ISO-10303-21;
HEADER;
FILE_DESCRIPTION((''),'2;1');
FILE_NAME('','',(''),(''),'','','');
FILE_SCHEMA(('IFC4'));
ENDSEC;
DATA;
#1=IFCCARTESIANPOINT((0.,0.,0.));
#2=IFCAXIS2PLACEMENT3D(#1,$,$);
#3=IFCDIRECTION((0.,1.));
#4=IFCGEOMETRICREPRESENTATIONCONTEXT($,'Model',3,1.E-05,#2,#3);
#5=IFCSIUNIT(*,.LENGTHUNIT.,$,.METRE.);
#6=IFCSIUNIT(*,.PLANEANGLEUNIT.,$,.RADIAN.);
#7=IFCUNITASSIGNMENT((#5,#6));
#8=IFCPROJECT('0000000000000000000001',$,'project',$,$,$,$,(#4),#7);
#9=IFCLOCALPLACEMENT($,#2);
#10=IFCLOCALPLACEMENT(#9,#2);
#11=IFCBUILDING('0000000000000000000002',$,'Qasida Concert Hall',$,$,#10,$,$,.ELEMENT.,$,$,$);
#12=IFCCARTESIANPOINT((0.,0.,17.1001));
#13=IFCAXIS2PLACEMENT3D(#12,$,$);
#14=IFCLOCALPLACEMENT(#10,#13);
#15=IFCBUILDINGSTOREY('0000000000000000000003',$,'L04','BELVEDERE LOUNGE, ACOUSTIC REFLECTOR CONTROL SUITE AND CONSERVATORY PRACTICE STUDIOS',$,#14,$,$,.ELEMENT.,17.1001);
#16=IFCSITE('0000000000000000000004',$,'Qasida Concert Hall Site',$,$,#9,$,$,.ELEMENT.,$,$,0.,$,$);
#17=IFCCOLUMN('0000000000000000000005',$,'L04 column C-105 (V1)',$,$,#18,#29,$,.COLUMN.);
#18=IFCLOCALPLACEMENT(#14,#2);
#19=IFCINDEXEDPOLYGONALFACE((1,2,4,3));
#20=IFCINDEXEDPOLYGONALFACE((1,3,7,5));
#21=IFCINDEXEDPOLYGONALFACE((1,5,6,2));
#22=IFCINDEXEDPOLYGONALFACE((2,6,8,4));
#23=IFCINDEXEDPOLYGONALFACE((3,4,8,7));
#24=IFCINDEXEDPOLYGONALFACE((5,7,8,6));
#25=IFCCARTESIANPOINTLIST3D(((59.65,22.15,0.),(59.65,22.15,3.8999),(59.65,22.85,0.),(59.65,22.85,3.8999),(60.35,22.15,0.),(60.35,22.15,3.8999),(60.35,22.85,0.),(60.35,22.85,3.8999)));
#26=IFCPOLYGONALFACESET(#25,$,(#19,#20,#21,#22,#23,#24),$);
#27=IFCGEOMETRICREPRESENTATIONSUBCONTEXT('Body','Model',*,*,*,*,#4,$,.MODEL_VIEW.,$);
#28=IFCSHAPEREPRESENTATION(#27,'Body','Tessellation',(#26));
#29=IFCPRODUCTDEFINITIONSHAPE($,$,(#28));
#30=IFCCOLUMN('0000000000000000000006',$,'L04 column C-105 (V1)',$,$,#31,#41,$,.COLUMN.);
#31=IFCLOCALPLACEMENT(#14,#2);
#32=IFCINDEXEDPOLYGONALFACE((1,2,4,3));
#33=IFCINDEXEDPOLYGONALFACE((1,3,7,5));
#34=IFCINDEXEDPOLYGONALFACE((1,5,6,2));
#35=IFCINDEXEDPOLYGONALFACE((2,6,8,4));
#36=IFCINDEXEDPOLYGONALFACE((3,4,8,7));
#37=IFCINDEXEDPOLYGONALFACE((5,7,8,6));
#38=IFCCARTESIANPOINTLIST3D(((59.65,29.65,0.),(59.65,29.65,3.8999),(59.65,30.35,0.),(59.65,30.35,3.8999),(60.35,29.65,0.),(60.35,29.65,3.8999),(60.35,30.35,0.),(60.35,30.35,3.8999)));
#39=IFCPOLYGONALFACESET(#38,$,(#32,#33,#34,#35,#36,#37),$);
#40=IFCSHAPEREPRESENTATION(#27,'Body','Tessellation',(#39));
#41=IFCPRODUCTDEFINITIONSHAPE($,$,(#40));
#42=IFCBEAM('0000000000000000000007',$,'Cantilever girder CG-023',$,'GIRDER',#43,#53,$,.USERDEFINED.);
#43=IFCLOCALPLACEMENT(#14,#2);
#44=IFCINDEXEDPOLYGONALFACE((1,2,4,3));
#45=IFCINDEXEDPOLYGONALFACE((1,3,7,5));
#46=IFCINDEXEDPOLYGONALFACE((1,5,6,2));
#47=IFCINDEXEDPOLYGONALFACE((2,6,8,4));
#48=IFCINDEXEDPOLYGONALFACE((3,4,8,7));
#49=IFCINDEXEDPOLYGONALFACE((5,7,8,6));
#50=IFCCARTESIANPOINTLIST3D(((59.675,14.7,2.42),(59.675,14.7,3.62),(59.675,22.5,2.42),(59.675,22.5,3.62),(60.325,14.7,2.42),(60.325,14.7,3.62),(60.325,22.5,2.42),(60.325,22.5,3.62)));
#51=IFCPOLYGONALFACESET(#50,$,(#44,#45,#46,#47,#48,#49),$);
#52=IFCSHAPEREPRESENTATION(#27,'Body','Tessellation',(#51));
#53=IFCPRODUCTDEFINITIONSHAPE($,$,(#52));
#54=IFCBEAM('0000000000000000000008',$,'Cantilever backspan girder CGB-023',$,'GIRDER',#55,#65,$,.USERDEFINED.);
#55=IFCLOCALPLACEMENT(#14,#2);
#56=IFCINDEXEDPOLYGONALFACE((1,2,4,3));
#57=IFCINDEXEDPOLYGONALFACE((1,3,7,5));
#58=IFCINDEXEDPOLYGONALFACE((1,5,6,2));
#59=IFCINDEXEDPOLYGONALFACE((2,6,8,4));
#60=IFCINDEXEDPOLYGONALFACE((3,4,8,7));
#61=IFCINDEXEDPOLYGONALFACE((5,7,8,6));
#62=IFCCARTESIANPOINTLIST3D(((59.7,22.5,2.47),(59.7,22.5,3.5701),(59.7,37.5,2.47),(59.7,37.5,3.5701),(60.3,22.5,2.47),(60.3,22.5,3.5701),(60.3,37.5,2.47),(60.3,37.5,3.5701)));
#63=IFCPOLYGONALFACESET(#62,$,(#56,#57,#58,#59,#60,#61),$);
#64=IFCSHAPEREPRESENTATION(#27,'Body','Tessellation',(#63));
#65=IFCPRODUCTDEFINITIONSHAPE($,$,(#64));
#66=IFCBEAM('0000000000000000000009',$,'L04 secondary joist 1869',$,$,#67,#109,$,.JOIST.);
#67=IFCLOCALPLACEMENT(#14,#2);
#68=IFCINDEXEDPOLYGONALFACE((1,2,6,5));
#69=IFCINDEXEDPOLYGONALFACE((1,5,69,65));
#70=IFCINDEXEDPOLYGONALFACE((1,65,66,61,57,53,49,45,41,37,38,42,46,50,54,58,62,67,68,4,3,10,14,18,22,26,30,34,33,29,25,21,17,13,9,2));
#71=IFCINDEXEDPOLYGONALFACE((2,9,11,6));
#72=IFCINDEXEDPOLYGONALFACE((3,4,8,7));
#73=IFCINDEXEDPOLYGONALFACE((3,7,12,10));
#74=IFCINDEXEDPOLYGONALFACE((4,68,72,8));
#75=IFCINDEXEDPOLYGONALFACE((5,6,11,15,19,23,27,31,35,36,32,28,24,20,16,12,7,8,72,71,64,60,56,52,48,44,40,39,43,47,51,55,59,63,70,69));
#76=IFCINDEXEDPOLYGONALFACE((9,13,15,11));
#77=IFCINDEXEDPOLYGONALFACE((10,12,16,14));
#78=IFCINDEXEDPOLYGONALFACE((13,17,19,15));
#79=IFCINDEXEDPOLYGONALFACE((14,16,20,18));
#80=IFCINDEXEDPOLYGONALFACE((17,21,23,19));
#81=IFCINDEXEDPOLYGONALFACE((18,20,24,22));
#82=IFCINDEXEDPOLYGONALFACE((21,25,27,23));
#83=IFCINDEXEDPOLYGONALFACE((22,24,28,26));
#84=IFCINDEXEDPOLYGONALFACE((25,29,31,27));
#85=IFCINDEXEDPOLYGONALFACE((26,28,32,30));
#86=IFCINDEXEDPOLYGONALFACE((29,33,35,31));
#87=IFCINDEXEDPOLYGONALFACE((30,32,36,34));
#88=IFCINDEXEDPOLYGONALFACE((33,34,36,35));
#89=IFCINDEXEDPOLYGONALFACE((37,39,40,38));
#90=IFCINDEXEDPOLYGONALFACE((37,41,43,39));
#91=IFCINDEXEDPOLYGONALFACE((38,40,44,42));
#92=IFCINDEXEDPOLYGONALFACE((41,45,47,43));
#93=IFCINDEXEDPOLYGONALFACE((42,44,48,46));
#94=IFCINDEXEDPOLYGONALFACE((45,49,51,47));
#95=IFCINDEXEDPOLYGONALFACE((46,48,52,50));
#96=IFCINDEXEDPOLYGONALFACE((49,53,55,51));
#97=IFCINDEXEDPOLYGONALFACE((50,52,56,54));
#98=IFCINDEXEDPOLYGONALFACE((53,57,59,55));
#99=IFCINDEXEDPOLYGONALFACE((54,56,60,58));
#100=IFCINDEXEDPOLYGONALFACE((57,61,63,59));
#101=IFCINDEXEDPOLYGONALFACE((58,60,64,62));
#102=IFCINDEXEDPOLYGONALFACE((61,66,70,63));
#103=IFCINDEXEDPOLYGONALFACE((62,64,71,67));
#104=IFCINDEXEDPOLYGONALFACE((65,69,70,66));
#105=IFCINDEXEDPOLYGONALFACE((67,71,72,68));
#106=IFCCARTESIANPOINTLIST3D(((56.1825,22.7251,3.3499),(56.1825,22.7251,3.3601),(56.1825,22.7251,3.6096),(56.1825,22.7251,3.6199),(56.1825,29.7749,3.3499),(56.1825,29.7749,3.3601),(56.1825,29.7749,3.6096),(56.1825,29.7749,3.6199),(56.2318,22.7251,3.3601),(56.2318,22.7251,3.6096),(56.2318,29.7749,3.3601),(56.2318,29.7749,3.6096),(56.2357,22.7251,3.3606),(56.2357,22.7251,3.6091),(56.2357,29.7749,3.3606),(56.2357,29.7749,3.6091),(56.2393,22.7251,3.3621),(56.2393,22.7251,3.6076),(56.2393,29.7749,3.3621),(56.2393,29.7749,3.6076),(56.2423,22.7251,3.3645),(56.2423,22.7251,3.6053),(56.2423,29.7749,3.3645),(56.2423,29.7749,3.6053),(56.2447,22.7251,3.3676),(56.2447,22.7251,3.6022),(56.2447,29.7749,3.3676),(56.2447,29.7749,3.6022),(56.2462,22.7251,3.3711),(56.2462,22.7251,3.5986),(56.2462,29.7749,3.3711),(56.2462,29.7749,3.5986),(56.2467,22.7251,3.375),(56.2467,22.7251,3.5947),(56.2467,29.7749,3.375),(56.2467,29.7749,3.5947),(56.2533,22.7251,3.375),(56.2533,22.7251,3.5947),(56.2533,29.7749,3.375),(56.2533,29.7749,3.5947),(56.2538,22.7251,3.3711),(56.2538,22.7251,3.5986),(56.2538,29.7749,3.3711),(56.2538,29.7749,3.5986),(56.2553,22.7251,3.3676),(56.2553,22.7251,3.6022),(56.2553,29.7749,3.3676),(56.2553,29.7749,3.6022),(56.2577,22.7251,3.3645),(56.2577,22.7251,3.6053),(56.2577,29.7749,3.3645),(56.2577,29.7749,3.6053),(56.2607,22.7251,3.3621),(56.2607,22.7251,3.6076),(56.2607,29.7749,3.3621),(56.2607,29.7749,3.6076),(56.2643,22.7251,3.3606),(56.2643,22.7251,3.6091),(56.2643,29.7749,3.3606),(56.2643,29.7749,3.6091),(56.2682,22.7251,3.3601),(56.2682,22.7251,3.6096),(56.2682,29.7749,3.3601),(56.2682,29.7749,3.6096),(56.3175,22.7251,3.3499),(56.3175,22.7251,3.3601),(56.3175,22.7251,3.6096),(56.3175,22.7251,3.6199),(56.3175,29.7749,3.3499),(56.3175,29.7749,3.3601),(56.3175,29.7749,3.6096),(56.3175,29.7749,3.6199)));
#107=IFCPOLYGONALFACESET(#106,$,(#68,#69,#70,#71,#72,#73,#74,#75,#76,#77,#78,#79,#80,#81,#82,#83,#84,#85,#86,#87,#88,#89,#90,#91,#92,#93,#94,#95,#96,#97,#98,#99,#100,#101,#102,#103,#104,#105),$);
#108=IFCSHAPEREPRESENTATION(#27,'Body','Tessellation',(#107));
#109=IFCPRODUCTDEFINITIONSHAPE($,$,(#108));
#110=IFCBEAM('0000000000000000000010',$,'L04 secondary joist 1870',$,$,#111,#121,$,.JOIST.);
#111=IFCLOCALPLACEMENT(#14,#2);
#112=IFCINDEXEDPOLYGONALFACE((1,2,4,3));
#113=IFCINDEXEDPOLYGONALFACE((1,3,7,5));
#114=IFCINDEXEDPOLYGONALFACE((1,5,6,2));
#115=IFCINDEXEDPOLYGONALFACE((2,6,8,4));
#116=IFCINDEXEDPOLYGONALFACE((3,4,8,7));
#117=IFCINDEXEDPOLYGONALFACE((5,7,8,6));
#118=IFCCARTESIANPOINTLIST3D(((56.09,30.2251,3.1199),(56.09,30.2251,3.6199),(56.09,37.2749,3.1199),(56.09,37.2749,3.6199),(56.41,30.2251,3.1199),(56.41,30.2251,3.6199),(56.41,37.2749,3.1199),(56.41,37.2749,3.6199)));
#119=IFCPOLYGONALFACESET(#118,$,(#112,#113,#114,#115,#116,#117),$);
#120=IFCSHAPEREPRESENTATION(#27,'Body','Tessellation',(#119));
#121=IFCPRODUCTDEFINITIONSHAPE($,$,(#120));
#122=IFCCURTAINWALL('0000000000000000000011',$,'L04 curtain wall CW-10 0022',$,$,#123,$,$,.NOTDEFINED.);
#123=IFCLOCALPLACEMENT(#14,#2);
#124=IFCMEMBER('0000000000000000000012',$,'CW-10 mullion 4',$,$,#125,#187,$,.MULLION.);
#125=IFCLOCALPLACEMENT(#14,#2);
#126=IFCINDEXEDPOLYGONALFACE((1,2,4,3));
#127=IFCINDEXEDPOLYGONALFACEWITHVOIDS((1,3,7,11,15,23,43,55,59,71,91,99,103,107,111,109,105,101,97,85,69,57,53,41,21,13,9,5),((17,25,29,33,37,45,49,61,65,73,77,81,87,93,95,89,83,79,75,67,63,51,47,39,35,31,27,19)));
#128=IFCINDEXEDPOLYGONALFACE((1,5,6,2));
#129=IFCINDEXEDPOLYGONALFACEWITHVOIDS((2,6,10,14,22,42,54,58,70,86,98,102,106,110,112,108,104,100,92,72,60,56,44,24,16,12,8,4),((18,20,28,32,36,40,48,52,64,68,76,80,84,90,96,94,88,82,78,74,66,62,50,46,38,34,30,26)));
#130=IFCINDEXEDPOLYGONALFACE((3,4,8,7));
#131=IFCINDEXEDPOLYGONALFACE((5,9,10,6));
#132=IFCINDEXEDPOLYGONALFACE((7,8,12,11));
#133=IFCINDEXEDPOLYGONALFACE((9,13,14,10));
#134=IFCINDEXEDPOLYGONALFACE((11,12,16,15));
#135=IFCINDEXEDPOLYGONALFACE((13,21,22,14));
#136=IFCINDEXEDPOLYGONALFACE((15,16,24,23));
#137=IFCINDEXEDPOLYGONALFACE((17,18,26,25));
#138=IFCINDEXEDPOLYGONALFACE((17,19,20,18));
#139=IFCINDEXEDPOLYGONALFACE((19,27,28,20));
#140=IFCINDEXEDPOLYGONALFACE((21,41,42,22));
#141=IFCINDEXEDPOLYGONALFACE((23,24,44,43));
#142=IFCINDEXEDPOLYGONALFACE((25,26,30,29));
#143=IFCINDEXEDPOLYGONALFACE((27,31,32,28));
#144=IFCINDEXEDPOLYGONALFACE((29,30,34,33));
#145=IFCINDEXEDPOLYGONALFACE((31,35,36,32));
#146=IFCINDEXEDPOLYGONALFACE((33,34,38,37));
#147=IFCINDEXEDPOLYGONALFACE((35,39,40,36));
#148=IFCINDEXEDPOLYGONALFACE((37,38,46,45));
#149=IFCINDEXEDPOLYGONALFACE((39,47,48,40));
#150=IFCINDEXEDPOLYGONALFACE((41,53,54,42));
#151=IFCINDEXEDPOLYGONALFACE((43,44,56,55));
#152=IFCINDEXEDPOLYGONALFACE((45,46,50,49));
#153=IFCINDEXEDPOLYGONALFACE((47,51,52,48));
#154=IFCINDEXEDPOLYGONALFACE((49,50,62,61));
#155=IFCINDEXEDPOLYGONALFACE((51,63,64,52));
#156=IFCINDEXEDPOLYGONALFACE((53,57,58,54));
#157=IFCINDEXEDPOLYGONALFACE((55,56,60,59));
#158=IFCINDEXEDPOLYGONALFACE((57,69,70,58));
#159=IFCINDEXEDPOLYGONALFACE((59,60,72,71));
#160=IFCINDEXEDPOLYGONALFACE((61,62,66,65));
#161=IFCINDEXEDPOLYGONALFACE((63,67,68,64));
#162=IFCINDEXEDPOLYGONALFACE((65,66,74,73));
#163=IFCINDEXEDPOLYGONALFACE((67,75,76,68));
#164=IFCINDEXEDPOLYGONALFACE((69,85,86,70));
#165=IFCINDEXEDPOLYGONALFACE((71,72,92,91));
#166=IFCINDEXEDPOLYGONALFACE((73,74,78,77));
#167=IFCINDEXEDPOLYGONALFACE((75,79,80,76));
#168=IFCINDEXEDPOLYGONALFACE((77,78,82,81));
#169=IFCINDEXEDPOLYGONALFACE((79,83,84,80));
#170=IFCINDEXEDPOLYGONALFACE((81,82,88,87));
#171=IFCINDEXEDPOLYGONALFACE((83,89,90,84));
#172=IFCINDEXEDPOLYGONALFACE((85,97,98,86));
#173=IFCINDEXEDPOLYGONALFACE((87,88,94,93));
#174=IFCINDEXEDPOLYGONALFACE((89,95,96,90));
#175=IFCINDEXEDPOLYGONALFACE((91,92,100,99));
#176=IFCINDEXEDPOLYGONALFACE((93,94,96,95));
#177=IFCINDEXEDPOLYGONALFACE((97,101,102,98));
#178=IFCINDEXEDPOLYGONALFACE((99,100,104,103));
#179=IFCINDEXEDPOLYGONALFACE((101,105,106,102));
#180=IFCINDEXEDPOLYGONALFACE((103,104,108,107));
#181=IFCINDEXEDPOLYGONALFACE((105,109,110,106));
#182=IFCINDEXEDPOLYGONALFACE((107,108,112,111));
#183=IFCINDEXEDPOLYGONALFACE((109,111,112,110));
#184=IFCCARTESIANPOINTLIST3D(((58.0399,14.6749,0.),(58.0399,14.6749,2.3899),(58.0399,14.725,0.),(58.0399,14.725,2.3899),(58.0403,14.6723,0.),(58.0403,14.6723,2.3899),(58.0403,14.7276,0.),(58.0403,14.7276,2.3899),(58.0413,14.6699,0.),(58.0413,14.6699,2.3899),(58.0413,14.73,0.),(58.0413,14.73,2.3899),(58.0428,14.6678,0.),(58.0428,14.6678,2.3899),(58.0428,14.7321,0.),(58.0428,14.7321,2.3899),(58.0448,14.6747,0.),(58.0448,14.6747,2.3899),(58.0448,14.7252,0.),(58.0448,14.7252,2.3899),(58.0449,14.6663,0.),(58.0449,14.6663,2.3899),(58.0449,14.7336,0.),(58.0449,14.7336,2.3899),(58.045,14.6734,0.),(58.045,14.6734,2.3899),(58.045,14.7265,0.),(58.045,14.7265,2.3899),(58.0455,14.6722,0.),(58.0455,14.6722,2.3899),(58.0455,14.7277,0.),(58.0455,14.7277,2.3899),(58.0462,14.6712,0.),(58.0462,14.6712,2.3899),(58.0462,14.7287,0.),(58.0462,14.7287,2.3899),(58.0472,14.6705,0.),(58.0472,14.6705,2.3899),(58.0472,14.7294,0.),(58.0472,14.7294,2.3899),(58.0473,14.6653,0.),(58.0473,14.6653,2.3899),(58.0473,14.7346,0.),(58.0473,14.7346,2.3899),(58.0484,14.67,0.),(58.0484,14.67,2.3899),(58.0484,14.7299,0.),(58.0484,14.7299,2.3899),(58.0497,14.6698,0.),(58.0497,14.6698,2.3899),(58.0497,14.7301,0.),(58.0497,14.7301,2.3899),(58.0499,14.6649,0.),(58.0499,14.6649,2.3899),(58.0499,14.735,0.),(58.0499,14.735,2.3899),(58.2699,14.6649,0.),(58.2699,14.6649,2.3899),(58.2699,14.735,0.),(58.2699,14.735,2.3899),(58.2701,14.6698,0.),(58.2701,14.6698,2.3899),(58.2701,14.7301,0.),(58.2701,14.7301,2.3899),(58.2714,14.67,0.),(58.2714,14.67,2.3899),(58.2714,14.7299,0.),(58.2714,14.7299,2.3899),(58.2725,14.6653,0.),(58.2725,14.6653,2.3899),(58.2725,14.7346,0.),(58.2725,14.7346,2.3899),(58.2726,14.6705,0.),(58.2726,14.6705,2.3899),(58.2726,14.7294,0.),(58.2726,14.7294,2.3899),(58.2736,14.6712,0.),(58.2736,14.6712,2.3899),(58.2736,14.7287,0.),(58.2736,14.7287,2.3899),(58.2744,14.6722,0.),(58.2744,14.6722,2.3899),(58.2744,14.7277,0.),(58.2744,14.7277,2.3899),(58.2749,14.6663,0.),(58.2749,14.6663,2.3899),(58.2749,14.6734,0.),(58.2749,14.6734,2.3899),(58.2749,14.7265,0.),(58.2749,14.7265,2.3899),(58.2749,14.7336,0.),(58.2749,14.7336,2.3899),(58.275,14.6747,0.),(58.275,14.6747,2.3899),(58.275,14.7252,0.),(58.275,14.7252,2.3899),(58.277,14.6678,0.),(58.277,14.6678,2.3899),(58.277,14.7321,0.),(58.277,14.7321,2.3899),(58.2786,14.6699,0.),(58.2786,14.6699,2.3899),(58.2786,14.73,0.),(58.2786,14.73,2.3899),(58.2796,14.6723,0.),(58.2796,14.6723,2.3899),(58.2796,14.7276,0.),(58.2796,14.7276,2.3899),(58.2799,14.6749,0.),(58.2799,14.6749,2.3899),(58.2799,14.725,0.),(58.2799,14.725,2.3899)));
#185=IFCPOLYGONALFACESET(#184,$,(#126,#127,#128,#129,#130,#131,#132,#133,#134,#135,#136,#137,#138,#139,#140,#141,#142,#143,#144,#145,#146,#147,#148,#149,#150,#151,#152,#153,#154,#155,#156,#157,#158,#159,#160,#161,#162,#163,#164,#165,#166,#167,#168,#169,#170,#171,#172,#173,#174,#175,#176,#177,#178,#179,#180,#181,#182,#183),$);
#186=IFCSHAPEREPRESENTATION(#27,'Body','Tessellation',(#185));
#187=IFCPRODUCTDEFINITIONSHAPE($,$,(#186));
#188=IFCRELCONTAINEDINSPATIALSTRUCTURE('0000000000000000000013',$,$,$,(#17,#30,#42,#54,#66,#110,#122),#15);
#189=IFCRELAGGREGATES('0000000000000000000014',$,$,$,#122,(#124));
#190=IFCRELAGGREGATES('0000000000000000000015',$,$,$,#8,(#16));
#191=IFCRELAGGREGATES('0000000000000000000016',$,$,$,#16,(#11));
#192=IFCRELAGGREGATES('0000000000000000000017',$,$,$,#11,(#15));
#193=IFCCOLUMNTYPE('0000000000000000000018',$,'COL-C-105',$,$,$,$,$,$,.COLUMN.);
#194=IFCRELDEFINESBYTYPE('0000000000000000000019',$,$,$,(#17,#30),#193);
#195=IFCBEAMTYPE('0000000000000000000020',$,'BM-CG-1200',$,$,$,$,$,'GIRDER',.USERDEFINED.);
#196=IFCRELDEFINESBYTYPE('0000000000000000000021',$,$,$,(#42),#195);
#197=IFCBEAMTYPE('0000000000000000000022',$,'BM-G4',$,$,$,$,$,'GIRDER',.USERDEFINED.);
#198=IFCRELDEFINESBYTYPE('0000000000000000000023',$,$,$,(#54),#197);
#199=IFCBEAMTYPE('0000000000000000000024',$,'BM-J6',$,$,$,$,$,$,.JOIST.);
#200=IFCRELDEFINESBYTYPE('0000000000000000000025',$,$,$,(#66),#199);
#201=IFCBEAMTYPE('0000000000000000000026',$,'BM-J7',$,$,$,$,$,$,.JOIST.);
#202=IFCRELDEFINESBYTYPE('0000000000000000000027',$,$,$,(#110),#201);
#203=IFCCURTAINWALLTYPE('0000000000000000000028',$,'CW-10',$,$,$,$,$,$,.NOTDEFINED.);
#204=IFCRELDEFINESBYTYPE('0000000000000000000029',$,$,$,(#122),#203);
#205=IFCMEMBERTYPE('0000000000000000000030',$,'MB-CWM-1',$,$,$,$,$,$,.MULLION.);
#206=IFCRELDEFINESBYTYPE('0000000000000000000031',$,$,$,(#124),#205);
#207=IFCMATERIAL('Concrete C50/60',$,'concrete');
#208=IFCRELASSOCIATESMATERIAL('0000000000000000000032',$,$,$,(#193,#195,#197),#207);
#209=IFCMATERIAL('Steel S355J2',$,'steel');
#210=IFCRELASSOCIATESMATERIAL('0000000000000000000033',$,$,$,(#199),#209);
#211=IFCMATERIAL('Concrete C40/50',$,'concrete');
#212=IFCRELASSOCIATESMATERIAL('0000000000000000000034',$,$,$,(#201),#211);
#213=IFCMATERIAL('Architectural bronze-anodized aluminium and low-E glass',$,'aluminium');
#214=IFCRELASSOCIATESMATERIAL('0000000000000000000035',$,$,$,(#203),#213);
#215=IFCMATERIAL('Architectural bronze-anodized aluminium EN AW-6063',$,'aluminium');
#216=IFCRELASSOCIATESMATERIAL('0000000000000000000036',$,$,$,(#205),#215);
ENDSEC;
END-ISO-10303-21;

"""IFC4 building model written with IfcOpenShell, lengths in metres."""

from ifc_helpers import new_model, si_unit, direction, frame, origin, origin_2d, place, context, subcontext, project, spatial, rectangle, hollow_rectangle, i_section, extrude, material, material_profile, profile_set, type_object, element, aggregate, save


model = new_model("IFC4")

# Units and contexts
model_context = context("Model", 3, precision=1e-05, world=origin(), true_north=direction((0.0, 1.0)))
body_context = subcontext(model_context, "Body", "Model", "MODEL_VIEW")
ifc_project = project(units=[si_unit("LENGTHUNIT", "METRE"), si_unit("PLANEANGLEUNIT", "RADIAN")], contexts=[model_context])

# Site, building, storey
site_placement = place(None, origin())
site = spatial("IfcSite", under=ifc_project, at=site_placement, Name="Qasida Concert Hall Site", CompositionType="ELEMENT", RefElevation=0.0)
building_placement = place(site_placement, origin())
building = spatial("IfcBuilding", under=site, at=building_placement, Name="Qasida Concert Hall", CompositionType="ELEMENT")
storey_placement = place(building_placement, frame((0.0, 0.0, 17.1001)))
storey = spatial("IfcBuildingStorey", under=building, at=storey_placement, Name="L04", Description="BELVEDERE LOUNGE, ACOUSTIC REFLECTOR CONTROL SUITE AND CONSERVATORY PRACTICE STUDIOS", CompositionType="ELEMENT", Elevation=17.1001)

# Columns
ifc_material_1 = material(Name="Concrete C50/60", Category="concrete")
ifc_material_profile_1 = material_profile(ifc_material_1, rectangle(XDim=0.7, YDim=0.7, at=origin_2d()), Name="RC 700x700")
ifc_profile_set_1 = profile_set([ifc_material_profile_1], Name="Concrete C50/60")
column_type = type_object("IfcColumnType", Name="COL-C-105", PredefinedType="COLUMN", material=ifc_profile_set_1)
for number, where, z_axis, x_axis, name in (
    (1, (60.0, 22.5, 0.0), (0.0, 0.0, 1.0), (1.0, 0.0, 0.0), "L04 column C-105 (V1)"),
    (2, (60.0, 30.0, 0.0), (0.0, 0.0, 1.0), (1.0, 0.0, 0.0), "L04 column C-105 (V1)"),
):
    element("IfcColumn", number, at=place(storey_placement, frame(where, z_axis=z_axis, x_axis=x_axis)), inside=storey, type_object=column_type, Name=name, PredefinedType="COLUMN", context=body_context, shape_type="SweptSolid", body=[
        extrude(rectangle(XDim=0.7, YDim=0.7, at=origin_2d()), origin(), (0.0, 0.0, 1.0), 3.8999),
    ])

# Beams
ifc_material_profile_2 = material_profile(ifc_material_1, rectangle(XDim=0.6499, YDim=1.2, at=origin_2d()), Name="RC 650x1200")
ifc_profile_set_2 = profile_set([ifc_material_profile_2], Name="Concrete C50/60")
beam_type_1 = type_object("IfcBeamType", Name="BM-CG-1200", ElementType="GIRDER", PredefinedType="USERDEFINED", material=ifc_profile_set_2)
beam_1_placement = place(storey_placement, frame((60.0, 22.5, 3.02), z_axis=(0.0, -1.0, 0.0), x_axis=(1.0, 0.0, 0.0)))
element("IfcBeam", 3, at=beam_1_placement, inside=storey, type_object=beam_type_1, Name="Cantilever girder CG-023", ObjectType="GIRDER", PredefinedType="USERDEFINED", context=body_context, shape_type="SweptSolid", body=[
    extrude(rectangle(XDim=0.6499, YDim=1.2, at=origin_2d()), origin(), (0.0, 0.0, 1.0), 7.8),
])
ifc_material_profile_3 = material_profile(ifc_material_1, rectangle(XDim=0.6001, YDim=1.1001, at=origin_2d()), Name="RC 600x1100")
ifc_profile_set_3 = profile_set([ifc_material_profile_3], Name="Concrete C50/60")
beam_type_2 = type_object("IfcBeamType", Name="BM-G4", ElementType="GIRDER", PredefinedType="USERDEFINED", material=ifc_profile_set_3)
beam_2_placement = place(storey_placement, frame((60.0, 22.5, 3.02), z_axis=(0.0, 1.0, 0.0), x_axis=(-1.0, 0.0, 0.0)))
element("IfcBeam", 4, at=beam_2_placement, inside=storey, type_object=beam_type_2, Name="Cantilever backspan girder CGB-023", ObjectType="GIRDER", PredefinedType="USERDEFINED", context=body_context, shape_type="SweptSolid", body=[
    extrude(rectangle(XDim=0.6001, YDim=1.1001, at=origin_2d()), origin(), (0.0, 0.0, 1.0), 15.0),
])
ifc_material_2 = material(Name="Steel S355J2", Category="steel")
ifc_material_profile_4 = material_profile(ifc_material_2, i_section(OverallWidth=0.135, OverallDepth=0.27, WebThickness=0.0066, FlangeThickness=0.0103, FilletRadius=0.0149, at=origin_2d()), Name="IPE 270")
ifc_profile_set_4 = profile_set([ifc_material_profile_4], Name="Steel S355J2")
beam_type_3 = type_object("IfcBeamType", Name="BM-J6", PredefinedType="JOIST", material=ifc_profile_set_4)
beam_3_placement = place(storey_placement, frame((56.25, 22.7251, 3.4849), z_axis=(0.0, 1.0, 0.0), x_axis=(-1.0, 0.0, 0.0)))
element("IfcBeam", 5, at=beam_3_placement, inside=storey, type_object=beam_type_3, Name="L04 secondary joist 1869", PredefinedType="JOIST", context=body_context, shape_type="SweptSolid", body=[
    extrude(i_section(OverallWidth=0.135, OverallDepth=0.27, WebThickness=0.0066, FlangeThickness=0.0103, FilletRadius=0.0149, at=origin_2d()), origin(), (0.0, 0.0, 1.0), 7.0498),
])
ifc_material_3 = material(Name="Concrete C40/50", Category="concrete")
ifc_material_profile_5 = material_profile(ifc_material_3, rectangle(XDim=0.3201, YDim=0.5, at=origin_2d()), Name="RC 320x500")
ifc_profile_set_5 = profile_set([ifc_material_profile_5], Name="Concrete C40/50")
beam_type_4 = type_object("IfcBeamType", Name="BM-J7", PredefinedType="JOIST", material=ifc_profile_set_5)
beam_4_placement = place(storey_placement, frame((56.25, 30.2251, 3.3699), z_axis=(0.0, 1.0, 0.0), x_axis=(-1.0, 0.0, 0.0)))
element("IfcBeam", 6, at=beam_4_placement, inside=storey, type_object=beam_type_4, Name="L04 secondary joist 1870", PredefinedType="JOIST", context=body_context, shape_type="SweptSolid", body=[
    extrude(rectangle(XDim=0.3201, YDim=0.5, at=origin_2d()), origin(), (0.0, 0.0, 1.0), 7.0498),
])

# Curtain wall, member
ifc_material_4 = material(Name="Architectural bronze-anodized aluminium and low-E glass", Category="aluminium")
curtain_wall_type = type_object("IfcCurtainWallType", Name="CW-10", PredefinedType="NOTDEFINED", material=ifc_material_4)
curtain_wall_1_placement = place(storey_placement, origin())
curtain_wall_1 = element("IfcCurtainWall", 7, at=curtain_wall_1_placement, inside=storey, type_object=curtain_wall_type, Name="L04 curtain wall CW-10 0022", PredefinedType="NOTDEFINED")
ifc_material_5 = material(Name="Architectural bronze-anodized aluminium EN AW-6063", Category="aluminium")
ifc_material_profile_6 = material_profile(ifc_material_5, hollow_rectangle(XDim=0.0701, YDim=0.24, WallThickness=0.0049, InnerFilletRadius=0.0049, OuterFilletRadius=0.01, at=origin_2d()), Name="CWM 240x70x5")
ifc_profile_set_6 = profile_set([ifc_material_profile_6], Name="Architectural bronze-anodized aluminium EN AW-6063")
member_type_1 = type_object("IfcMemberType", Name="MB-CWM-1", PredefinedType="MULLION", material=ifc_profile_set_6)
member_1_placement = place(storey_placement, frame((58.1599, 14.7, 0.0), z_axis=(0.0, 0.0, 1.0), x_axis=(0.0, 1.0, 0.0)))
member_1 = element("IfcMember", 8, at=member_1_placement, type_object=member_type_1, Name="CW-10 mullion 4", PredefinedType="MULLION", context=body_context, shape_type="SweptSolid", body=[
    extrude(hollow_rectangle(XDim=0.0701, YDim=0.24, WallThickness=0.0049, InnerFilletRadius=0.0049, OuterFilletRadius=0.01, at=origin_2d()), origin(), (0.0, 0.0, 1.0), 2.3899),
])

aggregate(curtain_wall_1, [member_1])

save(model, "model.ifc")
